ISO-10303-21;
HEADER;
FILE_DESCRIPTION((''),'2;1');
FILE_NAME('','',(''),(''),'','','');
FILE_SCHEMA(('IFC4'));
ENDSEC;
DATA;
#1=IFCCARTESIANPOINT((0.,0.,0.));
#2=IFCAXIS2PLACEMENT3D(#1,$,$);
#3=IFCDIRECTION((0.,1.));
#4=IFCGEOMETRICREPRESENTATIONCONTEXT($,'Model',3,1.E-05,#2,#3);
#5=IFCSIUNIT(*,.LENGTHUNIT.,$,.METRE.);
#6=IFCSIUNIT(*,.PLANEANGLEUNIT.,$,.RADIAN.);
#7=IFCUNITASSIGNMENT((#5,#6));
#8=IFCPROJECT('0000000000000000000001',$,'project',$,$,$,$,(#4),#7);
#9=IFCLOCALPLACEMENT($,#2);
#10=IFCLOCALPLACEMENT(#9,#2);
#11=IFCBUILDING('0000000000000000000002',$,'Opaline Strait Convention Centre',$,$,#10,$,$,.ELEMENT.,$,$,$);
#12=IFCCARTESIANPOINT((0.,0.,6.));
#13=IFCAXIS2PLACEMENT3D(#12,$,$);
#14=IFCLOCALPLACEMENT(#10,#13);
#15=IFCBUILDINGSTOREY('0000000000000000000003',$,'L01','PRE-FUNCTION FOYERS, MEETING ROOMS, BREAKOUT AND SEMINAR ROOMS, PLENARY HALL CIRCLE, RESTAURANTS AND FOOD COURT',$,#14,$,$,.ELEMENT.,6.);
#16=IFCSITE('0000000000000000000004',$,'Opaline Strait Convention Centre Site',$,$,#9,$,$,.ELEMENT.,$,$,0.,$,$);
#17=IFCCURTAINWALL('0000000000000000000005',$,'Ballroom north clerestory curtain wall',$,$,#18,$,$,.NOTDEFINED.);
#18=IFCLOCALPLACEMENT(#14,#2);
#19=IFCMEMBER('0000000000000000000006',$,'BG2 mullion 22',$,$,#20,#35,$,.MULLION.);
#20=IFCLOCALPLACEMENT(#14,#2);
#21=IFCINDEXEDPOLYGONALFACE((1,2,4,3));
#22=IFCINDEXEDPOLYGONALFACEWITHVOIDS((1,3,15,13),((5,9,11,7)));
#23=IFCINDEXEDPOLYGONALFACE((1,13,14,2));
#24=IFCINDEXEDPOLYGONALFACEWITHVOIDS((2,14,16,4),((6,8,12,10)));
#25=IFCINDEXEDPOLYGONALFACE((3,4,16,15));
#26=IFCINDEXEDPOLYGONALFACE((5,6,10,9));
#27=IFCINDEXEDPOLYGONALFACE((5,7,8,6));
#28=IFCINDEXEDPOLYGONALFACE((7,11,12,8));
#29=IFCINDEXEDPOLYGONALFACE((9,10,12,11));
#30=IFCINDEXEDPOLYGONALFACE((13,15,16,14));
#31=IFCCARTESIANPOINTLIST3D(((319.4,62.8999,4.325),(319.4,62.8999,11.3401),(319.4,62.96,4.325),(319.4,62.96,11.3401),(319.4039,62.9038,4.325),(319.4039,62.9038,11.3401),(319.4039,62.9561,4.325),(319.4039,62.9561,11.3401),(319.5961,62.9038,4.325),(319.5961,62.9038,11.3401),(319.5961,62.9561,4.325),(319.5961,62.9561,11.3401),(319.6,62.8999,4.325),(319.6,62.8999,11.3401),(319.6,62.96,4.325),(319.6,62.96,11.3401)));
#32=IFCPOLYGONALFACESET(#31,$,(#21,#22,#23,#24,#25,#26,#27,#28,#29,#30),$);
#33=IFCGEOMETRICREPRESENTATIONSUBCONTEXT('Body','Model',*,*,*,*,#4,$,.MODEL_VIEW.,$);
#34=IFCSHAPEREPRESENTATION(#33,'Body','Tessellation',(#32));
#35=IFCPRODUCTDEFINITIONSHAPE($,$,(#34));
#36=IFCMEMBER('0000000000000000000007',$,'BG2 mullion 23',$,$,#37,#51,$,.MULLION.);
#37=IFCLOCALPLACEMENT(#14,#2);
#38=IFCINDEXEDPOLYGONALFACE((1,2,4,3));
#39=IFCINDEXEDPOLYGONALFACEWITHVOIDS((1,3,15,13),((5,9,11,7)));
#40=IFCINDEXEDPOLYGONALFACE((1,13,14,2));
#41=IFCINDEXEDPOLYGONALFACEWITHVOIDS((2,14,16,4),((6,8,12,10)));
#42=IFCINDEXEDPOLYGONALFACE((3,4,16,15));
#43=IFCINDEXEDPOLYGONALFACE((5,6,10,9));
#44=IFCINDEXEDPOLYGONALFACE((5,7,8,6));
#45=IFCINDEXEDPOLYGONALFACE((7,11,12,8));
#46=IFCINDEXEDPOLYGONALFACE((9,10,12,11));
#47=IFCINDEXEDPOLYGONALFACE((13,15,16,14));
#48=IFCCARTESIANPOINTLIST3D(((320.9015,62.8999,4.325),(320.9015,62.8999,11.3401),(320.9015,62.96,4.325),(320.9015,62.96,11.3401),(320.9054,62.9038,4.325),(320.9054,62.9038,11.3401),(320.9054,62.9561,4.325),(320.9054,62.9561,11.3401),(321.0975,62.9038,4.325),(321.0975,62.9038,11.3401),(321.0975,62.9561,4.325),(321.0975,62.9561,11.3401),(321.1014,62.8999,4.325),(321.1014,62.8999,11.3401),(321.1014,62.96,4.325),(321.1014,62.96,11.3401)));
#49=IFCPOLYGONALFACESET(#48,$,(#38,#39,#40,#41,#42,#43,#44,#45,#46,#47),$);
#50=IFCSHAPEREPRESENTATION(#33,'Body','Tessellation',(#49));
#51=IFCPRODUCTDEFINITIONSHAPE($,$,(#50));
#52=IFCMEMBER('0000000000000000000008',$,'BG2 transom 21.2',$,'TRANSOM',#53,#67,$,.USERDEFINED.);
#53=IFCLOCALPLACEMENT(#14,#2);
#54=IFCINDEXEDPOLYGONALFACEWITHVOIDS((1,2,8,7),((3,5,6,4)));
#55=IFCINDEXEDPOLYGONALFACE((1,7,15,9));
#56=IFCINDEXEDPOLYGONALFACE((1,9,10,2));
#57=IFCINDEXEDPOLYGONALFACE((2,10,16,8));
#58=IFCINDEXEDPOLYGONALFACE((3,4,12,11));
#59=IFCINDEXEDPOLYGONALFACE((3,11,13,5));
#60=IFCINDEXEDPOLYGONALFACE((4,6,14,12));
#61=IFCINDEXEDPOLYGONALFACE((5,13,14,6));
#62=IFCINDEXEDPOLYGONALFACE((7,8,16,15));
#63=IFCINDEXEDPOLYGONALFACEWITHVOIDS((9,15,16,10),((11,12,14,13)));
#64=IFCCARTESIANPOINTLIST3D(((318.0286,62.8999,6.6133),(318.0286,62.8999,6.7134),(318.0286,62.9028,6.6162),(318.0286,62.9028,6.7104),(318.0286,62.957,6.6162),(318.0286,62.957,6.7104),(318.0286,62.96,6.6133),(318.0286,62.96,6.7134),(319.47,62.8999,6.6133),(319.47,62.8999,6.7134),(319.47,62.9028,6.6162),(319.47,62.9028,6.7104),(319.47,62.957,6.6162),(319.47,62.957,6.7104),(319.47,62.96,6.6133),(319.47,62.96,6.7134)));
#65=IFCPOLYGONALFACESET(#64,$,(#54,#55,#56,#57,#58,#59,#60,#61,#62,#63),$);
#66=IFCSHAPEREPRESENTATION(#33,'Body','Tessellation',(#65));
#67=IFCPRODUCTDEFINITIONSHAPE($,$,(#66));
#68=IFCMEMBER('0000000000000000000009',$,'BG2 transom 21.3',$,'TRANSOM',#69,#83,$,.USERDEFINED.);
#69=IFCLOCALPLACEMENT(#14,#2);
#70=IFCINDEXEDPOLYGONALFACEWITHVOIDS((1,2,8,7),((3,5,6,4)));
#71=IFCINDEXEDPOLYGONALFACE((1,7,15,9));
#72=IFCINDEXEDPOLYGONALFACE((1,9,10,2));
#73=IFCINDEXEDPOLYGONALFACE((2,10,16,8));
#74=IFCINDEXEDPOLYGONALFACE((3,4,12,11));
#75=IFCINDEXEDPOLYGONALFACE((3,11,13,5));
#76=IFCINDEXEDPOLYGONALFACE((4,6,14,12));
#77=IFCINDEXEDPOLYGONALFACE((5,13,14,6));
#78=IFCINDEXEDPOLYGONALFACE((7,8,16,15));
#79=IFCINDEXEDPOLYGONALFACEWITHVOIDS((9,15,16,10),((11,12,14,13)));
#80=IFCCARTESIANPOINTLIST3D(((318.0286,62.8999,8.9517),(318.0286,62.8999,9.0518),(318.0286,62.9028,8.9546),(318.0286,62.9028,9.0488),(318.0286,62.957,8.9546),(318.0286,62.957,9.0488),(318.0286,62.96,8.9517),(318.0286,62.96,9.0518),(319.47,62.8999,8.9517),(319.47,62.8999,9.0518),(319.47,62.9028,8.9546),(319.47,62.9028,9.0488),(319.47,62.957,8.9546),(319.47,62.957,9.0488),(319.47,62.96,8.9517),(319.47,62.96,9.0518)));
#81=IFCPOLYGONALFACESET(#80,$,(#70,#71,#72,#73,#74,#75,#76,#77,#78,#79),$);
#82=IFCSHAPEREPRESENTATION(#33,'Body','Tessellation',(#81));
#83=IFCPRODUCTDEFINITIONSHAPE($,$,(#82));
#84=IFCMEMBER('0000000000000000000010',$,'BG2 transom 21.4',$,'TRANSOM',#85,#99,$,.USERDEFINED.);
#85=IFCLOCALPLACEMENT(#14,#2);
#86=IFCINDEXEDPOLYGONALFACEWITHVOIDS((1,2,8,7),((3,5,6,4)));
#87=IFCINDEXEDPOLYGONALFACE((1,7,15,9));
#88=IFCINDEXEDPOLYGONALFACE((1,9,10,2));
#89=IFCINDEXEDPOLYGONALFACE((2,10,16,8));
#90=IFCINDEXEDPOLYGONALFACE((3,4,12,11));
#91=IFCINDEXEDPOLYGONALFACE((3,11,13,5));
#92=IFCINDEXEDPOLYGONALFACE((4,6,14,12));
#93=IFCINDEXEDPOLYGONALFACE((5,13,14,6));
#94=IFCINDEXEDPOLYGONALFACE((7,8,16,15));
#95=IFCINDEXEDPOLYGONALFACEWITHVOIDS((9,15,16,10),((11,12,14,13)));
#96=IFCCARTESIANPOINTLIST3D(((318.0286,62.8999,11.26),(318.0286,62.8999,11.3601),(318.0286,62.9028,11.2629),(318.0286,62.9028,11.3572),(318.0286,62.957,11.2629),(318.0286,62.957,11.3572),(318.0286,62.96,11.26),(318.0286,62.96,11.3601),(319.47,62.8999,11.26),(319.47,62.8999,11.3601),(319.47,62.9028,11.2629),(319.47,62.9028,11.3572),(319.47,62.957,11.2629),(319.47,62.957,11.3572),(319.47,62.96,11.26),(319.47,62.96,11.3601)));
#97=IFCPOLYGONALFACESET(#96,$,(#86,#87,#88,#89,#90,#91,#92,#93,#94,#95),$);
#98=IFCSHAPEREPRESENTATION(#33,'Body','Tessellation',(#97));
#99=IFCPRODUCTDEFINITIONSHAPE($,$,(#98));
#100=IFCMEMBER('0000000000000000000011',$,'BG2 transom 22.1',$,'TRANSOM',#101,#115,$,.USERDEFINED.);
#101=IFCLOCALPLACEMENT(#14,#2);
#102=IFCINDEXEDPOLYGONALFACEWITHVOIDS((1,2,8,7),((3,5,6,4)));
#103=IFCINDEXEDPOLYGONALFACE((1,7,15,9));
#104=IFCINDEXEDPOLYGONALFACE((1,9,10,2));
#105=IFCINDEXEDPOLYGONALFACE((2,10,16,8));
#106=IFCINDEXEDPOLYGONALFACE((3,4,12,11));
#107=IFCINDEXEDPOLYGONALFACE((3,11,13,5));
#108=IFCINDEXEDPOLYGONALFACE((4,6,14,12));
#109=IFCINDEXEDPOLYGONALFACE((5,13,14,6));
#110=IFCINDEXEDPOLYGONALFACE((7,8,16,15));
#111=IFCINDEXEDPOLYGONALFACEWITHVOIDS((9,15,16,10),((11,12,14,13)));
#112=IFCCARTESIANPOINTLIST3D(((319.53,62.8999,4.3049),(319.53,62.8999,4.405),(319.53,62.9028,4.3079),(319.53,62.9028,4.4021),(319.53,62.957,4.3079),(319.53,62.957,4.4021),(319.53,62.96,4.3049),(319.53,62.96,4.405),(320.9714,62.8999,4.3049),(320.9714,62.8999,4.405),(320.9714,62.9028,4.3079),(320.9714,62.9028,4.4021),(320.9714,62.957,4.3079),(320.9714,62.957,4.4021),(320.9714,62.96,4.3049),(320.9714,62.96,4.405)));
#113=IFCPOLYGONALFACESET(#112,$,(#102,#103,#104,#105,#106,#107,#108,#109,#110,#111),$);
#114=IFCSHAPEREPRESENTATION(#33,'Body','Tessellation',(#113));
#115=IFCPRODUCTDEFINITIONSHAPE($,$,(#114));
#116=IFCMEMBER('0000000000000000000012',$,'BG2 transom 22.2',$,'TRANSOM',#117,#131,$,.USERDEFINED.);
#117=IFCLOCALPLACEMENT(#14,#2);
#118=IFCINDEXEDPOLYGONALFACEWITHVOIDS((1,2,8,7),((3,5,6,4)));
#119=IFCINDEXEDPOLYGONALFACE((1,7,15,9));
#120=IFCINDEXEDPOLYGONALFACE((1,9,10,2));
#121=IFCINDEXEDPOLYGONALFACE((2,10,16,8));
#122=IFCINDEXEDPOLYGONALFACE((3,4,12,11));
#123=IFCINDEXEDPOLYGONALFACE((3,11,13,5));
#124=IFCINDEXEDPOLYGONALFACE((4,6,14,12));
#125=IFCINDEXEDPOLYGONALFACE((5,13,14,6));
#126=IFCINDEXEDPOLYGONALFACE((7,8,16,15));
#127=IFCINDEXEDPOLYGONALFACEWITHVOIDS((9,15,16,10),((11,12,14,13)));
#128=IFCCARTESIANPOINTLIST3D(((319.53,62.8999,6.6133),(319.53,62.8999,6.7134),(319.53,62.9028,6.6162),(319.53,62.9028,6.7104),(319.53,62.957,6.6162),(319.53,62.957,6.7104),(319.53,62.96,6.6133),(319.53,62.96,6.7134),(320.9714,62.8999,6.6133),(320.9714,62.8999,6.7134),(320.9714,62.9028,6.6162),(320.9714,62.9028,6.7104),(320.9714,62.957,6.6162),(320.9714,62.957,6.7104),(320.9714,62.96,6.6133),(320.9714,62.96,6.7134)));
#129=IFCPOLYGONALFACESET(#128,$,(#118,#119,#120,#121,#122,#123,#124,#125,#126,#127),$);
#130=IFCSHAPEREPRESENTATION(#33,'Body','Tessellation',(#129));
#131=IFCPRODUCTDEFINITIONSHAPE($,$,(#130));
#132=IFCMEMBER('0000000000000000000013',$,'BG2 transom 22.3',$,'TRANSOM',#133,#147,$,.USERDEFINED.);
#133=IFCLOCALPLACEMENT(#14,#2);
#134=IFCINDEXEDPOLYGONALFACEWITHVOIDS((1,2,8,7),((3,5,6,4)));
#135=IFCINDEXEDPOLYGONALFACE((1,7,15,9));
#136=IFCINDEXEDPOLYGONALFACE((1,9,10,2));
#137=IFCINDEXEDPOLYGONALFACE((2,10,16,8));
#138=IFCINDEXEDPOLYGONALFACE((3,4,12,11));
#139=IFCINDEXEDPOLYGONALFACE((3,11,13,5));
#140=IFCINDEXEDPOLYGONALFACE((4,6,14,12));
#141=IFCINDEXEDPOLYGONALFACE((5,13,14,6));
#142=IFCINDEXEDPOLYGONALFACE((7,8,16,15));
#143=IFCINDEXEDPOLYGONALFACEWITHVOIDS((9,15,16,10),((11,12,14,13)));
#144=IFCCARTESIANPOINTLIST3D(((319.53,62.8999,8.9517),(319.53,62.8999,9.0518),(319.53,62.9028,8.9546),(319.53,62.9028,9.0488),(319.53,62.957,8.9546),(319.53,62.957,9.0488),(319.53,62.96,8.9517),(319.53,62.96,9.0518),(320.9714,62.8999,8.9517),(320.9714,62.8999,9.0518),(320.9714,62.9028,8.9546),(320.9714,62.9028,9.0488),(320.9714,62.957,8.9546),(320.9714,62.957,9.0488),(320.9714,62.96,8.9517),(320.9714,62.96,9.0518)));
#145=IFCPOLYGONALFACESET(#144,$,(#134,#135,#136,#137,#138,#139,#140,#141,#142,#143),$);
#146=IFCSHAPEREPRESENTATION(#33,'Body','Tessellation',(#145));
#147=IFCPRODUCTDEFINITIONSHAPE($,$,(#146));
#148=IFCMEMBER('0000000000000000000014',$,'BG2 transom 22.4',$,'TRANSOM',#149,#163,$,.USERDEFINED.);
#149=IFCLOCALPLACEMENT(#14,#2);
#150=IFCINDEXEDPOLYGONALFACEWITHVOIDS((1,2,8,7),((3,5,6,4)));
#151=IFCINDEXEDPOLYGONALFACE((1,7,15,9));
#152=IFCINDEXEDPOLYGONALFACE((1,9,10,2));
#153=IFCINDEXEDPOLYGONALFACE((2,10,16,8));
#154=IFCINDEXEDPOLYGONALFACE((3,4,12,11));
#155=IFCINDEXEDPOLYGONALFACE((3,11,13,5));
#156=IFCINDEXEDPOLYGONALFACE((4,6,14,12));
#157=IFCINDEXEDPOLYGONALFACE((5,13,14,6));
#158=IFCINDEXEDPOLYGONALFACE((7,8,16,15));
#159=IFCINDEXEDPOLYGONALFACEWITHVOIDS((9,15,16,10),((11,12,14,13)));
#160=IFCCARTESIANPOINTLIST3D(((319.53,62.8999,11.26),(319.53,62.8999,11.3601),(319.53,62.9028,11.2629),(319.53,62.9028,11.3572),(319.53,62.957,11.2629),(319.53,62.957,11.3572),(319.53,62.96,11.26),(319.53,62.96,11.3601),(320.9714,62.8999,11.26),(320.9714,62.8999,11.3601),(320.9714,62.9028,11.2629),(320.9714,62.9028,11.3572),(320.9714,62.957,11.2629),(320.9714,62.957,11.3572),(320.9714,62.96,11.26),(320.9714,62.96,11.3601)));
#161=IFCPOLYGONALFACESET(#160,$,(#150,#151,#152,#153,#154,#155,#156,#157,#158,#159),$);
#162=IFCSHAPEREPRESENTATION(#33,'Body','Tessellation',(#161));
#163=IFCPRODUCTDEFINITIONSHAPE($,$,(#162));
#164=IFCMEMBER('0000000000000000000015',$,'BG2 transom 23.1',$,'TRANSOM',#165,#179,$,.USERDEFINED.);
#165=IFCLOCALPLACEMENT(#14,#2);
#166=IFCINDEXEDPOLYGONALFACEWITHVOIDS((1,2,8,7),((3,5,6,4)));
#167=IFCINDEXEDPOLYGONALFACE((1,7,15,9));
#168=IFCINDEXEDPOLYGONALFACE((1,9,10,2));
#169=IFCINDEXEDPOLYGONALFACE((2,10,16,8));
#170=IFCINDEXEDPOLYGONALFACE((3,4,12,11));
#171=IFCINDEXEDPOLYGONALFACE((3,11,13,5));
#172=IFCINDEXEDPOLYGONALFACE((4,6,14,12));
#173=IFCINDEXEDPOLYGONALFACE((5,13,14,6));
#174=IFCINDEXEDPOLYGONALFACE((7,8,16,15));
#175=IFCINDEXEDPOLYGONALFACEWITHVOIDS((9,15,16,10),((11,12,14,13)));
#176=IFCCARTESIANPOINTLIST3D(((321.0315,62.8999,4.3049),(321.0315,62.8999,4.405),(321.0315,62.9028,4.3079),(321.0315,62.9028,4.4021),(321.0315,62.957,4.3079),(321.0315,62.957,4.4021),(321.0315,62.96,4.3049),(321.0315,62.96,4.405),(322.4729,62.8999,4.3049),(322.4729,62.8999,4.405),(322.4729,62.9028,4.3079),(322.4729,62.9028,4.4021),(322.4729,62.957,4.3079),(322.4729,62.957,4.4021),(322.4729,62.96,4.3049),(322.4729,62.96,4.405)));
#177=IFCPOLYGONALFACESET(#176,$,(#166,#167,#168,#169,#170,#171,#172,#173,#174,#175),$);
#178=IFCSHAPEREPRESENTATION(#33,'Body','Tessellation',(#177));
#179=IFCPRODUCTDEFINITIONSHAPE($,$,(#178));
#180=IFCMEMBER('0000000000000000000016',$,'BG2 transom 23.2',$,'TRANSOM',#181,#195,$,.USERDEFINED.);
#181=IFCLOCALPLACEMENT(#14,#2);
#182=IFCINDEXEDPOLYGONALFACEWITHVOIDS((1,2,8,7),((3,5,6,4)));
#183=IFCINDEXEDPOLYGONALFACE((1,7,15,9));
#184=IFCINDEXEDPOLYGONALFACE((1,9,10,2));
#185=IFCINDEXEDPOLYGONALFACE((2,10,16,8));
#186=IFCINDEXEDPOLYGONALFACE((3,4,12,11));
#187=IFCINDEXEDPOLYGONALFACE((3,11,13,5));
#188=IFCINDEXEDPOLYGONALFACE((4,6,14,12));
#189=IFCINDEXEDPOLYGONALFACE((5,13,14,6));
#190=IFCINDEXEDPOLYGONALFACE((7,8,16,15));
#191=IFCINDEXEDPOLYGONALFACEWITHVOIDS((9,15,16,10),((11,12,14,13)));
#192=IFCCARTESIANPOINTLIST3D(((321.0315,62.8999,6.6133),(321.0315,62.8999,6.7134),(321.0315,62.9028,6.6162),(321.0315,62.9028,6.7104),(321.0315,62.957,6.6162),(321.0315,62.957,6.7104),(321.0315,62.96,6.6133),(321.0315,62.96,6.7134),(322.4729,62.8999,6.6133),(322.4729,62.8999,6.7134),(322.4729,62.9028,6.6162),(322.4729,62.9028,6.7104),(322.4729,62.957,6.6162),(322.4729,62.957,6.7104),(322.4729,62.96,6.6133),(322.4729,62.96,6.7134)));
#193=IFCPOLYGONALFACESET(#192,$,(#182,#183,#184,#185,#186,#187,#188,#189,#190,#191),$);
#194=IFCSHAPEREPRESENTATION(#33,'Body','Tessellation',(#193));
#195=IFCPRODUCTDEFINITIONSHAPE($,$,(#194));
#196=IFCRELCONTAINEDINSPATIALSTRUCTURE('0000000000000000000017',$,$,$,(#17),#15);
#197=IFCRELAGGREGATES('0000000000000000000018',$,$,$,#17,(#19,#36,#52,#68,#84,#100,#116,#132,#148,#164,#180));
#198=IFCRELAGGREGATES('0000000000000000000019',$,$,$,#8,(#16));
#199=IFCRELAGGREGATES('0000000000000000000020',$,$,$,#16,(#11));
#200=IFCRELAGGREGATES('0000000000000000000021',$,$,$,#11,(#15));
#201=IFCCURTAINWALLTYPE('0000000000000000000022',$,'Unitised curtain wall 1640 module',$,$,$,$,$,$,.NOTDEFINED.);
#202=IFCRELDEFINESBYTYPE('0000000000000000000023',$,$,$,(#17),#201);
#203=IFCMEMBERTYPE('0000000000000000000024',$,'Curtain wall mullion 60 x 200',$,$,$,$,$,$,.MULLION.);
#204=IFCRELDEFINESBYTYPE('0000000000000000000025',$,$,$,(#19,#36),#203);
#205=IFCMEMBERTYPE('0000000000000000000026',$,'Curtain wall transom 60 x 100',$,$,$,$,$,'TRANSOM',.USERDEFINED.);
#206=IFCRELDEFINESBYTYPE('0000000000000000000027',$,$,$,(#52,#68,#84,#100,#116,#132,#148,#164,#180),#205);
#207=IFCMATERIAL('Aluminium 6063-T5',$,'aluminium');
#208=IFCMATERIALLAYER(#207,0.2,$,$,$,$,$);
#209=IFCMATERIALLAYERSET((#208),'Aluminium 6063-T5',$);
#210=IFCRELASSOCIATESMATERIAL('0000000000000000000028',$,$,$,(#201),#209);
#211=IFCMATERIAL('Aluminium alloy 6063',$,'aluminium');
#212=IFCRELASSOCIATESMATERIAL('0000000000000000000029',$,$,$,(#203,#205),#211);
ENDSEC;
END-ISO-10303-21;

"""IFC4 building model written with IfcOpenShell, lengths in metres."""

from ifc_helpers import new_model, si_unit, direction, frame, origin, origin_2d, place, context, subcontext, project, spatial, hollow_rectangle, extrude, material, layer, layer_set, material_profile, profile_set, type_object, element, aggregate, save


model = new_model("IFC4")

# Units and contexts
model_context = context("Model", 3, precision=1e-05, world=origin(), true_north=direction((0.0, 1.0)))
body_context = subcontext(model_context, "Body", "Model", "MODEL_VIEW")
ifc_project = project(units=[si_unit("LENGTHUNIT", "METRE"), si_unit("PLANEANGLEUNIT", "RADIAN")], contexts=[model_context])

# Site, building, storey
site_placement = place(None, origin())
site = spatial("IfcSite", under=ifc_project, at=site_placement, Name="Opaline Strait Convention Centre Site", CompositionType="ELEMENT", RefElevation=0.0)
building_placement = place(site_placement, origin())
building = spatial("IfcBuilding", under=site, at=building_placement, Name="Opaline Strait Convention Centre", CompositionType="ELEMENT")
storey_placement = place(building_placement, frame((0.0, 0.0, 6.0)))
storey = spatial("IfcBuildingStorey", under=building, at=storey_placement, Name="L01", Description="PRE-FUNCTION FOYERS, MEETING ROOMS, BREAKOUT AND SEMINAR ROOMS, PLENARY HALL CIRCLE, RESTAURANTS AND FOOD COURT", CompositionType="ELEMENT", Elevation=6.0)

# Curtain wall, members
ifc_material_1 = material(Name="Aluminium 6063-T5", Category="aluminium")
ifc_layer_1 = layer(ifc_material_1, 0.2)
ifc_layer_set_1 = layer_set([ifc_layer_1], Name="Aluminium 6063-T5")
curtain_wall_type = type_object("IfcCurtainWallType", Name="Unitised curtain wall 1640 module", PredefinedType="NOTDEFINED", material=ifc_layer_set_1)
curtain_wall_placement = place(storey_placement, origin())
curtain_wall = element("IfcCurtainWall", 1, at=curtain_wall_placement, inside=storey, type_object=curtain_wall_type, Name="Ballroom north clerestory curtain wall", PredefinedType="NOTDEFINED")
ifc_material_2 = material(Name="Aluminium alloy 6063", Category="aluminium")
ifc_material_profile_1 = material_profile(ifc_material_2, hollow_rectangle(XDim=0.0601, YDim=0.2, WallThickness=0.0039, at=origin_2d()), Name="MULLION 60x200x4")
ifc_profile_set_1 = profile_set([ifc_material_profile_1], Name="Aluminium alloy 6063")
member_type_1 = type_object("IfcMemberType", Name="Curtain wall mullion 60 x 200", PredefinedType="MULLION", material=ifc_profile_set_1)
member_1_placement = place(storey_placement, frame((319.5, 62.9299, 4.325), z_axis=(0.0, 0.0, 1.0), x_axis=(0.0, 1.0, 0.0)))
member_1 = element("IfcMember", 2, at=member_1_placement, type_object=member_type_1, Name="BG2 mullion 22", PredefinedType="MULLION", context=body_context, shape_type="SweptSolid", body=[
    extrude(hollow_rectangle(XDim=0.0601, YDim=0.2, WallThickness=0.0039, at=origin_2d()), origin(), (0.0, 0.0, 1.0), 7.0151),
])
member_2_placement = place(storey_placement, frame((321.0015, 62.9299, 4.325), z_axis=(0.0, 0.0, 1.0), x_axis=(0.0, 1.0, 0.0)))
member_2 = element("IfcMember", 3, at=member_2_placement, type_object=member_type_1, Name="BG2 mullion 23", PredefinedType="MULLION", context=body_context, shape_type="SweptSolid", body=[
    extrude(hollow_rectangle(XDim=0.0601, YDim=0.2, WallThickness=0.0039, at=origin_2d()), origin(), (0.0, 0.0, 1.0), 7.0151),
])
ifc_material_profile_2 = material_profile(ifc_material_2, hollow_rectangle(XDim=0.0601, YDim=0.1001, WallThickness=0.0029, at=origin_2d()), Name="TRANSOM 60x100x3")
ifc_profile_set_2 = profile_set([ifc_material_profile_2], Name="Aluminium alloy 6063")
member_type_2 = type_object("IfcMemberType", Name="Curtain wall transom 60 x 100", ElementType="TRANSOM", PredefinedType="USERDEFINED", material=ifc_profile_set_2)
member_3_placement = place(storey_placement, frame((318.0286, 62.9299, 6.6633), z_axis=(1.0, 0.0, 0.0), x_axis=(0.0, 1.0, 0.0)))
member_3 = element("IfcMember", 4, at=member_3_placement, type_object=member_type_2, Name="BG2 transom 21.2", ObjectType="TRANSOM", PredefinedType="USERDEFINED", context=body_context, shape_type="SweptSolid", body=[
    extrude(hollow_rectangle(XDim=0.0601, YDim=0.1001, WallThickness=0.0029, at=origin_2d()), origin(), (0.0, 0.0, 1.0), 1.4414),
])
member_4_placement = place(storey_placement, frame((318.0286, 62.9299, 9.0017), z_axis=(1.0, 0.0, 0.0), x_axis=(0.0, 1.0, 0.0)))
member_4 = element("IfcMember", 5, at=member_4_placement, type_object=member_type_2, Name="BG2 transom 21.3", ObjectType="TRANSOM", PredefinedType="USERDEFINED", context=body_context, shape_type="SweptSolid", body=[
    extrude(hollow_rectangle(XDim=0.0601, YDim=0.1001, WallThickness=0.0029, at=origin_2d()), origin(), (0.0, 0.0, 1.0), 1.4414),
])
member_5_placement = place(storey_placement, frame((318.0286, 62.9299, 11.3101), z_axis=(1.0, 0.0, 0.0), x_axis=(0.0, 1.0, 0.0)))
member_5 = element("IfcMember", 6, at=member_5_placement, type_object=member_type_2, Name="BG2 transom 21.4", ObjectType="TRANSOM", PredefinedType="USERDEFINED", context=body_context, shape_type="SweptSolid", body=[
    extrude(hollow_rectangle(XDim=0.0601, YDim=0.1001, WallThickness=0.0029, at=origin_2d()), origin(), (0.0, 0.0, 1.0), 1.4414),
])
member_6_placement = place(storey_placement, frame((319.53, 62.9299, 4.355), z_axis=(1.0, 0.0, 0.0), x_axis=(0.0, 1.0, 0.0)))
member_6 = element("IfcMember", 7, at=member_6_placement, type_object=member_type_2, Name="BG2 transom 22.1", ObjectType="TRANSOM", PredefinedType="USERDEFINED", context=body_context, shape_type="SweptSolid", body=[
    extrude(hollow_rectangle(XDim=0.0601, YDim=0.1001, WallThickness=0.0029, at=origin_2d()), origin(), (0.0, 0.0, 1.0), 1.4414),
])
member_7_placement = place(storey_placement, frame((319.53, 62.9299, 6.6633), z_axis=(1.0, 0.0, 0.0), x_axis=(0.0, 1.0, 0.0)))
member_7 = element("IfcMember", 8, at=member_7_placement, type_object=member_type_2, Name="BG2 transom 22.2", ObjectType="TRANSOM", PredefinedType="USERDEFINED", context=body_context, shape_type="SweptSolid", body=[
    extrude(hollow_rectangle(XDim=0.0601, YDim=0.1001, WallThickness=0.0029, at=origin_2d()), origin(), (0.0, 0.0, 1.0), 1.4414),
])
member_8_placement = place(storey_placement, frame((319.53, 62.9299, 9.0017), z_axis=(1.0, 0.0, 0.0), x_axis=(0.0, 1.0, 0.0)))
member_8 = element("IfcMember", 9, at=member_8_placement, type_object=member_type_2, Name="BG2 transom 22.3", ObjectType="TRANSOM", PredefinedType="USERDEFINED", context=body_context, shape_type="SweptSolid", body=[
    extrude(hollow_rectangle(XDim=0.0601, YDim=0.1001, WallThickness=0.0029, at=origin_2d()), origin(), (0.0, 0.0, 1.0), 1.4414),
])
member_9_placement = place(storey_placement, frame((319.53, 62.9299, 11.3101), z_axis=(1.0, 0.0, 0.0), x_axis=(0.0, 1.0, 0.0)))
member_9 = element("IfcMember", 10, at=member_9_placement, type_object=member_type_2, Name="BG2 transom 22.4", ObjectType="TRANSOM", PredefinedType="USERDEFINED", context=body_context, shape_type="SweptSolid", body=[
    extrude(hollow_rectangle(XDim=0.0601, YDim=0.1001, WallThickness=0.0029, at=origin_2d()), origin(), (0.0, 0.0, 1.0), 1.4414),
])
member_10_placement = place(storey_placement, frame((321.0315, 62.9299, 4.355), z_axis=(1.0, 0.0, 0.0), x_axis=(0.0, 1.0, 0.0)))
member_10 = element("IfcMember", 11, at=member_10_placement, type_object=member_type_2, Name="BG2 transom 23.1", ObjectType="TRANSOM", PredefinedType="USERDEFINED", context=body_context, shape_type="SweptSolid", body=[
    extrude(hollow_rectangle(XDim=0.0601, YDim=0.1001, WallThickness=0.0029, at=origin_2d()), origin(), (0.0, 0.0, 1.0), 1.4414),
])
member_11_placement = place(storey_placement, frame((321.0315, 62.9299, 6.6633), z_axis=(1.0, 0.0, 0.0), x_axis=(0.0, 1.0, 0.0)))
member_11 = element("IfcMember", 12, at=member_11_placement, type_object=member_type_2, Name="BG2 transom 23.2", ObjectType="TRANSOM", PredefinedType="USERDEFINED", context=body_context, shape_type="SweptSolid", body=[
    extrude(hollow_rectangle(XDim=0.0601, YDim=0.1001, WallThickness=0.0029, at=origin_2d()), origin(), (0.0, 0.0, 1.0), 1.4414),
])

aggregate(curtain_wall, [member_1, member_2, member_3, member_4, member_5, member_6, member_7, member_8, member_9, member_10, member_11])

save(model, "model.ifc")
